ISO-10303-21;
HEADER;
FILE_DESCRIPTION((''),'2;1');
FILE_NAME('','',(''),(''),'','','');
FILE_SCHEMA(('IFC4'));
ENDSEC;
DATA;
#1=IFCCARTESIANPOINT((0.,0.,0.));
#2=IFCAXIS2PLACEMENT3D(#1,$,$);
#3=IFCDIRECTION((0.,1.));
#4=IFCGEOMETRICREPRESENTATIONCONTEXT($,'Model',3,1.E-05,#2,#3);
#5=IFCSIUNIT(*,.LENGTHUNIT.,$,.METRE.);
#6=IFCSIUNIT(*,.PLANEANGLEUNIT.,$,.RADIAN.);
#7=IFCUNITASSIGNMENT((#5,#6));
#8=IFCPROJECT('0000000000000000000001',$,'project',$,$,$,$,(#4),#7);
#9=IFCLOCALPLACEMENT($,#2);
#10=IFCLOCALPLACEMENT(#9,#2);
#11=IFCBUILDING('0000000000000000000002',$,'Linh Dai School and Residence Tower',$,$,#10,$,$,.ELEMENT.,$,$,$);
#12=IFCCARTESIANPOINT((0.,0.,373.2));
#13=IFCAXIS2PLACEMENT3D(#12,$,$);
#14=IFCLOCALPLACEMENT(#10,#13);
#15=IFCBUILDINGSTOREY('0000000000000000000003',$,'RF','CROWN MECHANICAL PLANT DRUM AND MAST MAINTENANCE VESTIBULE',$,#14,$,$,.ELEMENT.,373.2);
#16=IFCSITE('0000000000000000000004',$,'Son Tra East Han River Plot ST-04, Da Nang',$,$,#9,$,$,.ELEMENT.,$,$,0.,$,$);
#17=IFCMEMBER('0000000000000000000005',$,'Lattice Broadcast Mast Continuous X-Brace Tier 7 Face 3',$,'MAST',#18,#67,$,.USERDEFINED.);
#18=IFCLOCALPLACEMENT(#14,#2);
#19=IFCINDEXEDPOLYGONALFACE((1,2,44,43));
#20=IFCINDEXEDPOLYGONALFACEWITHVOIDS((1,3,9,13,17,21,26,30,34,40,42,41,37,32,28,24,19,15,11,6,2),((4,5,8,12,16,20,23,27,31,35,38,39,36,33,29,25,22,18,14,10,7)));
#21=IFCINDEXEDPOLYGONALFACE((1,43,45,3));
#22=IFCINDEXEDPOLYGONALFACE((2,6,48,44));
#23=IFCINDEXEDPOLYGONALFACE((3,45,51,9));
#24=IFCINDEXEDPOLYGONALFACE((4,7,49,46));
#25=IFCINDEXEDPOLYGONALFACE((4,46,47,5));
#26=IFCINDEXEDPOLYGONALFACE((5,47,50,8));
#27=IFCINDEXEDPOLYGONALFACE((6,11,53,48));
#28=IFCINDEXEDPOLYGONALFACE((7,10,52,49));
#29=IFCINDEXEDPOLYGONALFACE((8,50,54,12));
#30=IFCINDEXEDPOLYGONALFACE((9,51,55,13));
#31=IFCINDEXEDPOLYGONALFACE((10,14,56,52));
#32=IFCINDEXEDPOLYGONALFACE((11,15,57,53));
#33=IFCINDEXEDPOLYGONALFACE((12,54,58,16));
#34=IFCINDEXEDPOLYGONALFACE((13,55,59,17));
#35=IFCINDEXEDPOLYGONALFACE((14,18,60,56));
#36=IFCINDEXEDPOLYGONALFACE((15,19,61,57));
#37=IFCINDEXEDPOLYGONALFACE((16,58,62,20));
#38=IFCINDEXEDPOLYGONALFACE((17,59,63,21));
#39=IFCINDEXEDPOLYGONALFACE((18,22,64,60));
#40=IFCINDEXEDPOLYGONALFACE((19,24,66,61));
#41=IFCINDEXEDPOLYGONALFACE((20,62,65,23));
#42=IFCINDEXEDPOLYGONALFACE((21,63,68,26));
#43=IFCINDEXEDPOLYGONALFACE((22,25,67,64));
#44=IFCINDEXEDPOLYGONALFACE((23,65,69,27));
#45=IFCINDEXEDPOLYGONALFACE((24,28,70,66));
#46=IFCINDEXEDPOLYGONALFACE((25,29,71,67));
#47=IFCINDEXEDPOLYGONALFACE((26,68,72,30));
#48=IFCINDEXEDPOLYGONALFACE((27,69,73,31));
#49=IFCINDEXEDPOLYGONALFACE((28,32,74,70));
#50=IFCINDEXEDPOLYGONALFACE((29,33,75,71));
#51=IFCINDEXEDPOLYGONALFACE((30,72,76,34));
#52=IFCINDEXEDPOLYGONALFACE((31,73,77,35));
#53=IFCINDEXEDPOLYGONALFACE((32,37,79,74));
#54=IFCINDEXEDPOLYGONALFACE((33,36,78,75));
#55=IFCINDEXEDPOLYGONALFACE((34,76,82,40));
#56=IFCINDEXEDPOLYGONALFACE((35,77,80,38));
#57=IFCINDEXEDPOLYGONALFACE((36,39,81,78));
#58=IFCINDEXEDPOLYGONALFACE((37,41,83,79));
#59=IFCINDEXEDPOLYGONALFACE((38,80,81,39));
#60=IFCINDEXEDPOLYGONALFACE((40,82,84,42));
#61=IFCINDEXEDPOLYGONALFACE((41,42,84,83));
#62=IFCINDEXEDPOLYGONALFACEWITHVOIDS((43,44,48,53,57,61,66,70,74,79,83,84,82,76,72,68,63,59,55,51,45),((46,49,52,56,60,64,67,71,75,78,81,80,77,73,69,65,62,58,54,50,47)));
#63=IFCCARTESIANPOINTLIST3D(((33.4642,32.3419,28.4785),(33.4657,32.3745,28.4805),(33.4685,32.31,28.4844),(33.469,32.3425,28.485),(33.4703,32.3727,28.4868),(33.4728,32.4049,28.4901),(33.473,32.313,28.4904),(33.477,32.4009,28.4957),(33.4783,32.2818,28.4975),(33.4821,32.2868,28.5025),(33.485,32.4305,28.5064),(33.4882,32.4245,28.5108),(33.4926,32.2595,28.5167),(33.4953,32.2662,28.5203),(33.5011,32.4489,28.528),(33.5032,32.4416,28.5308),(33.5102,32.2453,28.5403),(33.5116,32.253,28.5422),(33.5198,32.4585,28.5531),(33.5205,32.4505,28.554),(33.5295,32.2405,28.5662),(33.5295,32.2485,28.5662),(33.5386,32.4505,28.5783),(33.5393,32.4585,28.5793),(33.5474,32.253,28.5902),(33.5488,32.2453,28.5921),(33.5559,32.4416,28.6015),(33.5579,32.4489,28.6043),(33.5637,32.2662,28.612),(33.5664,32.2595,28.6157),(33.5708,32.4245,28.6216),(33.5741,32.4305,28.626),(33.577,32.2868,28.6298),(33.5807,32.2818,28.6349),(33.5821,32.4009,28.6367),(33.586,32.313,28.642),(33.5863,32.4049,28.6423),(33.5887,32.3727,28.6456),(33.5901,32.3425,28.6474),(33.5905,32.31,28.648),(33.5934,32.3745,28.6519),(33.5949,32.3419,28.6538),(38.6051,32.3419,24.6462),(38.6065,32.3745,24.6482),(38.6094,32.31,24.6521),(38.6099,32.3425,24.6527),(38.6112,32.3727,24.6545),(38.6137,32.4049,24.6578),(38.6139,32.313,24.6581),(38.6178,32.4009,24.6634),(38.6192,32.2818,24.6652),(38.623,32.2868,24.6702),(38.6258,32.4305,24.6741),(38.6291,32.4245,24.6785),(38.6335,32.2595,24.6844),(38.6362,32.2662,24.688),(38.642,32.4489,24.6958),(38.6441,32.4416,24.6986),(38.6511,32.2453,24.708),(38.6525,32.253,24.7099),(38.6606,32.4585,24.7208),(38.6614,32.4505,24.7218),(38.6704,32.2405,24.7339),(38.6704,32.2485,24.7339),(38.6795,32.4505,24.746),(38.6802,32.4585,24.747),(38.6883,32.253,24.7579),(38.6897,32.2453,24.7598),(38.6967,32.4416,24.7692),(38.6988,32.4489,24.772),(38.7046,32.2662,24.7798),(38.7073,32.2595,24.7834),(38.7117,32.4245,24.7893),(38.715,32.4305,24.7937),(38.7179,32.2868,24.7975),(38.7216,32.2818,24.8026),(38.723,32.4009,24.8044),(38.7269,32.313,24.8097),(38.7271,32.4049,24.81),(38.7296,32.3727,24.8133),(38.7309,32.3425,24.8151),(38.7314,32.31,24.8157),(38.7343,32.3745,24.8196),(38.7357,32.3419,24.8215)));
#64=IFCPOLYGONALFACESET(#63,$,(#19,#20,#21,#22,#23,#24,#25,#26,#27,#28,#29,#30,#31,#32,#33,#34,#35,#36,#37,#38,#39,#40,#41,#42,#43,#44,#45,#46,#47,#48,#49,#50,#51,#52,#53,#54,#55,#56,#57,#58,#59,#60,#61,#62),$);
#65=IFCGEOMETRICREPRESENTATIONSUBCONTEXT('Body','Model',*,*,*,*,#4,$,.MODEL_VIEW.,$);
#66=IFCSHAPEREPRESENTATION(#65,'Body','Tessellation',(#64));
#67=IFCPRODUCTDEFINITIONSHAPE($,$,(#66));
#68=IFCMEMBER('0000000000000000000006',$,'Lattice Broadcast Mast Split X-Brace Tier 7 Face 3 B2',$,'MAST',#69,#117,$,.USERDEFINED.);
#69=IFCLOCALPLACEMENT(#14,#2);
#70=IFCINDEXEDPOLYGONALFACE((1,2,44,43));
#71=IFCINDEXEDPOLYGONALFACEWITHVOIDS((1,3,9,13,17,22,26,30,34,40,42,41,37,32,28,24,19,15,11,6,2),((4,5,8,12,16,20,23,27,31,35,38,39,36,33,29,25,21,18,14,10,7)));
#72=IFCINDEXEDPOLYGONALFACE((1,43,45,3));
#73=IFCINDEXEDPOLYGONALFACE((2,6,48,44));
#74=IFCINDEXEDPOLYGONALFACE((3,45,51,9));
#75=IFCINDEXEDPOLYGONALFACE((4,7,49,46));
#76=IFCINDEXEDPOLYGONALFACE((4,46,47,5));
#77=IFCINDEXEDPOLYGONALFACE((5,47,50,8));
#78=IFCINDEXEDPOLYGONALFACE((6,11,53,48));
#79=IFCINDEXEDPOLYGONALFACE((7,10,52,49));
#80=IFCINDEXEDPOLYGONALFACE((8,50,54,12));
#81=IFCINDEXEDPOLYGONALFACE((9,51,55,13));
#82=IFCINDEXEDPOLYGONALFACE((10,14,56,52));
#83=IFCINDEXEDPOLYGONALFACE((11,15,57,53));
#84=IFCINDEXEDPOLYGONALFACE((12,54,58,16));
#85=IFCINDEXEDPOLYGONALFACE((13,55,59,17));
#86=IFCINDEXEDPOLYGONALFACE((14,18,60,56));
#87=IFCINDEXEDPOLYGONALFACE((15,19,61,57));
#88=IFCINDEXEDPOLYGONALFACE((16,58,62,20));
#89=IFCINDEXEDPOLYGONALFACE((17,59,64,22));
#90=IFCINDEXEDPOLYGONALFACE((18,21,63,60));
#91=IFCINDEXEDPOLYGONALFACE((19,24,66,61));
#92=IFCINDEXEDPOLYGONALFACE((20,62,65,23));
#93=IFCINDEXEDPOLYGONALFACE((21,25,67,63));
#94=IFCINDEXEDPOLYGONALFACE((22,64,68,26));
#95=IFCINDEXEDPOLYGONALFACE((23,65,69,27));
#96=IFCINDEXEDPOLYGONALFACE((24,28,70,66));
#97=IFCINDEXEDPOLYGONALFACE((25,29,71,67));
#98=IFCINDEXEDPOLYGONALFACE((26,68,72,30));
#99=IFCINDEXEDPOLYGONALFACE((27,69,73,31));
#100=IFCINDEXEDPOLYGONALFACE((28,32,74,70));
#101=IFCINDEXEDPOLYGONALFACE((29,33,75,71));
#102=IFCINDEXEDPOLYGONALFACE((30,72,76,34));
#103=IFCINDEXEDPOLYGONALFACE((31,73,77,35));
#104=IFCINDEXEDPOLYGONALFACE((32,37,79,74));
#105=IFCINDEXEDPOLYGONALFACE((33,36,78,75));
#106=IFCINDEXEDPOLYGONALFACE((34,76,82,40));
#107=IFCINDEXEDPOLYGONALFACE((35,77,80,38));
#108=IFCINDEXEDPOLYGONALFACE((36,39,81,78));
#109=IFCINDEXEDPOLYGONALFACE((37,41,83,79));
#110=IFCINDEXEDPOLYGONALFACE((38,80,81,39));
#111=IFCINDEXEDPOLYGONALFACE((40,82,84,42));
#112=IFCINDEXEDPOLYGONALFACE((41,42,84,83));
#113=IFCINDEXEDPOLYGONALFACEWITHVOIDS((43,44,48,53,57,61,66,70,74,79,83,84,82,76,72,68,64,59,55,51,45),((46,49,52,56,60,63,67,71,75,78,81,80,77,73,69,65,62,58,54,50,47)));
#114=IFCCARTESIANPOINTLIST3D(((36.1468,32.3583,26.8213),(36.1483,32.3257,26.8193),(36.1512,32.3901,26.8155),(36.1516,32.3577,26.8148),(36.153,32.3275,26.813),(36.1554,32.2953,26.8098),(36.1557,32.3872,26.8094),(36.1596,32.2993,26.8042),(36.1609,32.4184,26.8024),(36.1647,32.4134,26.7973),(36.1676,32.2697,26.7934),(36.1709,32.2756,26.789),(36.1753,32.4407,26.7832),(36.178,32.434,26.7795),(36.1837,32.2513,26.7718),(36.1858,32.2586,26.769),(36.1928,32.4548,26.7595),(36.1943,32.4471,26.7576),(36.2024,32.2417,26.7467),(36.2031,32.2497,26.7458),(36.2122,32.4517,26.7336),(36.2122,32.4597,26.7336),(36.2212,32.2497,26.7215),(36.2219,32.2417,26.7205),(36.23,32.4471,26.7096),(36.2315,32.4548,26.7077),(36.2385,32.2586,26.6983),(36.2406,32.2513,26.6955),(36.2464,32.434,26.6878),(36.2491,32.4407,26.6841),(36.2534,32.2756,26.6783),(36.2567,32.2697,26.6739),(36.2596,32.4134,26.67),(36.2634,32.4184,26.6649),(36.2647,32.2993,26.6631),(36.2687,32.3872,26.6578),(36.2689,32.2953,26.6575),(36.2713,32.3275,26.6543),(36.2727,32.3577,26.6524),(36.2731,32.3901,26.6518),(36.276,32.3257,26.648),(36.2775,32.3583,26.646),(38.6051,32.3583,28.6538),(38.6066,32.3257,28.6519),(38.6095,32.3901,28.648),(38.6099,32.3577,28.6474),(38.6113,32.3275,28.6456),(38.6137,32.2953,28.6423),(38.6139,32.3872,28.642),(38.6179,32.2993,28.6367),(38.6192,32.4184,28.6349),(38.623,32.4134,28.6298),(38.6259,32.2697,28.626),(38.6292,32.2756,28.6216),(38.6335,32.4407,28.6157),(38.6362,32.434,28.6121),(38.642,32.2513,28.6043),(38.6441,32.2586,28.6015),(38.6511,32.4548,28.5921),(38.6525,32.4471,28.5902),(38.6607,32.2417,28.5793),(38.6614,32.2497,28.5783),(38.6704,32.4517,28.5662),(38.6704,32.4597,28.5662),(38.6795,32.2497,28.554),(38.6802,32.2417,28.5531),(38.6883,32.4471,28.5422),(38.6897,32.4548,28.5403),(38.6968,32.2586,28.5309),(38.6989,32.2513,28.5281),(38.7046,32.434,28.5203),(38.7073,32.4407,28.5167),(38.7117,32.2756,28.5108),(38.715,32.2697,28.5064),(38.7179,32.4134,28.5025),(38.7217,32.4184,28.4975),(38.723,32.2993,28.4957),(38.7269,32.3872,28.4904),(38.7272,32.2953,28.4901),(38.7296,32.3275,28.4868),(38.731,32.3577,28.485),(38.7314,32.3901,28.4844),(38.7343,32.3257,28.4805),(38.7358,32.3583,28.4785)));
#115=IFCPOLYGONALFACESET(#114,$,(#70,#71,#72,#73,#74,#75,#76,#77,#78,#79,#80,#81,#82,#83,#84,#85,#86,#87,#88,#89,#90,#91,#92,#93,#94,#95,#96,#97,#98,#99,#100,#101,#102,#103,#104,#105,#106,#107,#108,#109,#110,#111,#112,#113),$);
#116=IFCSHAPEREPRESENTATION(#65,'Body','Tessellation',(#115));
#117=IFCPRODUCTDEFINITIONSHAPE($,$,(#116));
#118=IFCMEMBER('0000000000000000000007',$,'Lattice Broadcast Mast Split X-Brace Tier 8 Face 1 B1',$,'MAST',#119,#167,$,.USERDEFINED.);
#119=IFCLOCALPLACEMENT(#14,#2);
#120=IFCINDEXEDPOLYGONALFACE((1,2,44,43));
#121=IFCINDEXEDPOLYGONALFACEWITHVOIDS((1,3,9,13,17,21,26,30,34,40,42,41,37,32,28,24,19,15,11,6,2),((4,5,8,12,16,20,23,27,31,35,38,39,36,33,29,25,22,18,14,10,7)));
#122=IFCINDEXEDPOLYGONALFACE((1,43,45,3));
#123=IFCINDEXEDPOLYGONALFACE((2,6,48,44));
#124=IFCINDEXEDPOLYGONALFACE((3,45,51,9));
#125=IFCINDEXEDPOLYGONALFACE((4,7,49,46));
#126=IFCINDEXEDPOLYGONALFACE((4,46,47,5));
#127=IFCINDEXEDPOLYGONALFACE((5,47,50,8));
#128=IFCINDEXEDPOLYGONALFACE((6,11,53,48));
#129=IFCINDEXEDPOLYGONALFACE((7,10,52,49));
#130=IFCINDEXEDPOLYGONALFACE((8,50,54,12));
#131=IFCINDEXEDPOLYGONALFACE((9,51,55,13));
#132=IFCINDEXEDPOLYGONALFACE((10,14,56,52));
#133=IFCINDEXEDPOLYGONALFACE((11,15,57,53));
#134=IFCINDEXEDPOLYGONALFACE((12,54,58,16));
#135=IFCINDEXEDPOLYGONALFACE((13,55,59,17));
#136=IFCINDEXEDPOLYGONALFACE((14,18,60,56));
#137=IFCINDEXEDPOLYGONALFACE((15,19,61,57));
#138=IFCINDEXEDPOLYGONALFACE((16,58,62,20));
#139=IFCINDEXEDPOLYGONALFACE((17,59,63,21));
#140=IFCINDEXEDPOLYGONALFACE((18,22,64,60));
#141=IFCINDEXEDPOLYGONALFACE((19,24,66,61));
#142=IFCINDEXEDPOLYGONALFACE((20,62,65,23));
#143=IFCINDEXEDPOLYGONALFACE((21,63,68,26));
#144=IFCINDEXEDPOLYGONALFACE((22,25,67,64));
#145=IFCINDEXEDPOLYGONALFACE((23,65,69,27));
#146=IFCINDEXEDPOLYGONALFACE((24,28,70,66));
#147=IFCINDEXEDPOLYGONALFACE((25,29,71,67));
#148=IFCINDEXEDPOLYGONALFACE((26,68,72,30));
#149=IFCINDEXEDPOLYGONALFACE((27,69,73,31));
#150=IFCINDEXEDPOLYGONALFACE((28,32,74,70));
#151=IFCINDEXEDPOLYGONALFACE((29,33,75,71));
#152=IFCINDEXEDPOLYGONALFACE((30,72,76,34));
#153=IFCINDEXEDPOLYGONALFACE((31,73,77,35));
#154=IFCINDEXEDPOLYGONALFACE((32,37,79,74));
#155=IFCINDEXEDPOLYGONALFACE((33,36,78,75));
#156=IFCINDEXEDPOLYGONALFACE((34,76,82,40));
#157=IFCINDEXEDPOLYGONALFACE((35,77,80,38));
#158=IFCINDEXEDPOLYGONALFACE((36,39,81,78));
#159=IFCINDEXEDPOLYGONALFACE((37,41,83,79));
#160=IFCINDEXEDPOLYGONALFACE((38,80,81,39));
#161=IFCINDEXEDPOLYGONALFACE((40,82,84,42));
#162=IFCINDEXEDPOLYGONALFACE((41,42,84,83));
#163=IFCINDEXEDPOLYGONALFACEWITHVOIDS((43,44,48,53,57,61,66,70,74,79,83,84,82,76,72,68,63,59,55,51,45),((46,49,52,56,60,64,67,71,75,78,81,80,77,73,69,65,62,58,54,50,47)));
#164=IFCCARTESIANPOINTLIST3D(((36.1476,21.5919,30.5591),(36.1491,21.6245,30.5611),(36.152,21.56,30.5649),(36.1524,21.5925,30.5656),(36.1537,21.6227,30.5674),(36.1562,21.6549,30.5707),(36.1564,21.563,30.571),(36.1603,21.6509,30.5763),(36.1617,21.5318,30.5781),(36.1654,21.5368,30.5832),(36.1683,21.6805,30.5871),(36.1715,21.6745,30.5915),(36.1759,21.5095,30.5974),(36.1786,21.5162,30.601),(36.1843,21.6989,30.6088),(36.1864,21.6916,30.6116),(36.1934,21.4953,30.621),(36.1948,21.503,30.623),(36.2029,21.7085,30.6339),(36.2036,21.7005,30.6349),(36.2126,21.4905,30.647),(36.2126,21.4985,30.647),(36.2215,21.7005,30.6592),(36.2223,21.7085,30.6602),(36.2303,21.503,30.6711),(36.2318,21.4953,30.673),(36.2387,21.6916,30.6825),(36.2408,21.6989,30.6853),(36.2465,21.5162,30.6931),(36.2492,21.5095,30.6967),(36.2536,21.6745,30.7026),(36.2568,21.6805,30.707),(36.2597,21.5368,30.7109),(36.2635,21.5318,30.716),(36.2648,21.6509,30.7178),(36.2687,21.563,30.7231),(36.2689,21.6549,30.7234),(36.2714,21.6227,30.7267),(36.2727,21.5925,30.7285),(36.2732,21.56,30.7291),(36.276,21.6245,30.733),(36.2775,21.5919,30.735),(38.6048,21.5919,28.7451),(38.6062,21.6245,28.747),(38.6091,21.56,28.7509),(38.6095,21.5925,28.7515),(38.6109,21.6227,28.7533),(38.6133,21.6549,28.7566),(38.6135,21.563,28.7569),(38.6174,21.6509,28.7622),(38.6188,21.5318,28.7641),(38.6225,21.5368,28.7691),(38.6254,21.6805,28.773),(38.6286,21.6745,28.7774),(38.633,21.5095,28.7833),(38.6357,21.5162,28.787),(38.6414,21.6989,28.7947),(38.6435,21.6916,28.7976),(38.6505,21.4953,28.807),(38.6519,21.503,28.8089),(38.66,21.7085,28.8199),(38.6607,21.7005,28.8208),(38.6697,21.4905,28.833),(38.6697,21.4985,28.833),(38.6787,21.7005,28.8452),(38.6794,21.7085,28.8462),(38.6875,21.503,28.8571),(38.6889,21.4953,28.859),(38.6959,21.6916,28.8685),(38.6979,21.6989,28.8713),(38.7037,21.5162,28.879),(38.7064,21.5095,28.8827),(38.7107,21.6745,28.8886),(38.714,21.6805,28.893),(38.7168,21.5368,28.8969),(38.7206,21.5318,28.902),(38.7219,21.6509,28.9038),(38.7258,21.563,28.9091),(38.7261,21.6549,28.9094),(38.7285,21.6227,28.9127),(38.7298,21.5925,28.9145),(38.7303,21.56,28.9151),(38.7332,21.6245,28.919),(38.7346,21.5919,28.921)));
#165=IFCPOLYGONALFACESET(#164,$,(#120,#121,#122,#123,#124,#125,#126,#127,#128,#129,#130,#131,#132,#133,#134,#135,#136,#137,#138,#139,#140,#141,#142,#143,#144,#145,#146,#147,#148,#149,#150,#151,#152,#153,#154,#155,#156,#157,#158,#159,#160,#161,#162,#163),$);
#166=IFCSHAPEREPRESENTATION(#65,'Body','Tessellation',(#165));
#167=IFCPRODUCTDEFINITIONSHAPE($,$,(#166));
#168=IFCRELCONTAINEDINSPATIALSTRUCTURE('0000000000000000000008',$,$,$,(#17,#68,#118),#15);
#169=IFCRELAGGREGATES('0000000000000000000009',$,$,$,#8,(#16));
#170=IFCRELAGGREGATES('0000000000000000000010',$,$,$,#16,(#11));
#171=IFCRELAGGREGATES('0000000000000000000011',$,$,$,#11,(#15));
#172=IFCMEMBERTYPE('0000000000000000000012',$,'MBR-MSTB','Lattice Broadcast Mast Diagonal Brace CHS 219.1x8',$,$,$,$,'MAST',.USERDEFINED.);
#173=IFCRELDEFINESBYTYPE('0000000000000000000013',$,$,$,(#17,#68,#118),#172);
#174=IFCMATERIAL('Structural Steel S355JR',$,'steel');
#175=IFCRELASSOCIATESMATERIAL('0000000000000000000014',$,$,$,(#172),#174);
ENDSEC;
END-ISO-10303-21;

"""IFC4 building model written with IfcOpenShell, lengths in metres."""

from ifc_helpers import new_model, si_unit, direction, frame, origin, origin_2d, place, context, subcontext, project, spatial, hollow_circle, extrude, material, material_profile, profile_set, type_object, element, save


model = new_model("IFC4")

# Units and contexts
model_context = context("Model", 3, precision=1e-05, world=origin(), true_north=direction((0.0, 1.0)))
body_context = subcontext(model_context, "Body", "Model", "MODEL_VIEW")
ifc_project = project(units=[si_unit("LENGTHUNIT", "METRE"), si_unit("PLANEANGLEUNIT", "RADIAN")], contexts=[model_context])

# Site, building, storey
site_placement = place(None, origin())
site = spatial("IfcSite", under=ifc_project, at=site_placement, Name="Son Tra East Han River Plot ST-04, Da Nang", CompositionType="ELEMENT", RefElevation=0.0)
building_placement = place(site_placement, origin())
building = spatial("IfcBuilding", under=site, at=building_placement, Name="Linh Dai School and Residence Tower", CompositionType="ELEMENT")
storey_placement = place(building_placement, frame((0.0, 0.0, 373.2)))
storey = spatial("IfcBuildingStorey", under=building, at=storey_placement, Name="RF", Description="CROWN MECHANICAL PLANT DRUM AND MAST MAINTENANCE VESTIBULE", CompositionType="ELEMENT", Elevation=373.2)

# Shared definitions
ifc_material = material(Name="Structural Steel S355JR", Category="steel")

# Members
ifc_material_profile_1 = material_profile(ifc_material, hollow_circle(Radius=0.1096, WallThickness=0.0081, at=origin_2d()), Name="CHS 219.1x8")
ifc_profile_set_1 = profile_set([ifc_material_profile_1], Name="Structural Steel S355JR")
member_type = type_object("IfcMemberType", Name="MBR-MSTB", Description="Lattice Broadcast Mast Diagonal Brace CHS 219.1x8", ElementType="MAST", PredefinedType="USERDEFINED", material=ifc_profile_set_1)
member_1_placement = place(storey_placement, frame((38.6704, 32.3501, 24.7339), z_axis=(-0.801747, 0.0, 0.597664), x_axis=(0.0, -1.0, 0.0)))
element("IfcMember", 1, at=member_1_placement, inside=storey, type_object=member_type, Name="Lattice Broadcast Mast Continuous X-Brace Tier 7 Face 3", ObjectType="MAST", PredefinedType="USERDEFINED", context=body_context, shape_type="SweptSolid", body=[
    extrude(hollow_circle(Radius=0.1096, WallThickness=0.0081, at=origin_2d()), origin(), (0.0, 0.0, 1.0), 6.4121),
])
member_2_placement = place(storey_placement, frame((36.2122, 32.3501, 26.7336), z_axis=(0.801745, 0.0, 0.597666), x_axis=(0.0, 1.0, 0.0)))
element("IfcMember", 2, at=member_2_placement, inside=storey, type_object=member_type, Name="Lattice Broadcast Mast Split X-Brace Tier 7 Face 3 B2", ObjectType="MAST", PredefinedType="USERDEFINED", context=body_context, shape_type="SweptSolid", body=[
    extrude(hollow_circle(Radius=0.1096, WallThickness=0.0081, at=origin_2d()), origin(), (0.0, 0.0, 1.0), 3.0662),
])
member_3_placement = place(storey_placement, frame((38.6697, 21.6001, 28.833), z_axis=(-0.804505, 0.0, 0.593946), x_axis=(0.0, -1.0, 0.0)))
element("IfcMember", 3, at=member_3_placement, inside=storey, type_object=member_type, Name="Lattice Broadcast Mast Split X-Brace Tier 8 Face 1 B1", ObjectType="MAST", PredefinedType="USERDEFINED", context=body_context, shape_type="SweptSolid", body=[
    extrude(hollow_circle(Radius=0.1096, WallThickness=0.0081, at=origin_2d()), origin(), (0.0, 0.0, 1.0), 3.0542),
])

save(model, "model.ifc")
